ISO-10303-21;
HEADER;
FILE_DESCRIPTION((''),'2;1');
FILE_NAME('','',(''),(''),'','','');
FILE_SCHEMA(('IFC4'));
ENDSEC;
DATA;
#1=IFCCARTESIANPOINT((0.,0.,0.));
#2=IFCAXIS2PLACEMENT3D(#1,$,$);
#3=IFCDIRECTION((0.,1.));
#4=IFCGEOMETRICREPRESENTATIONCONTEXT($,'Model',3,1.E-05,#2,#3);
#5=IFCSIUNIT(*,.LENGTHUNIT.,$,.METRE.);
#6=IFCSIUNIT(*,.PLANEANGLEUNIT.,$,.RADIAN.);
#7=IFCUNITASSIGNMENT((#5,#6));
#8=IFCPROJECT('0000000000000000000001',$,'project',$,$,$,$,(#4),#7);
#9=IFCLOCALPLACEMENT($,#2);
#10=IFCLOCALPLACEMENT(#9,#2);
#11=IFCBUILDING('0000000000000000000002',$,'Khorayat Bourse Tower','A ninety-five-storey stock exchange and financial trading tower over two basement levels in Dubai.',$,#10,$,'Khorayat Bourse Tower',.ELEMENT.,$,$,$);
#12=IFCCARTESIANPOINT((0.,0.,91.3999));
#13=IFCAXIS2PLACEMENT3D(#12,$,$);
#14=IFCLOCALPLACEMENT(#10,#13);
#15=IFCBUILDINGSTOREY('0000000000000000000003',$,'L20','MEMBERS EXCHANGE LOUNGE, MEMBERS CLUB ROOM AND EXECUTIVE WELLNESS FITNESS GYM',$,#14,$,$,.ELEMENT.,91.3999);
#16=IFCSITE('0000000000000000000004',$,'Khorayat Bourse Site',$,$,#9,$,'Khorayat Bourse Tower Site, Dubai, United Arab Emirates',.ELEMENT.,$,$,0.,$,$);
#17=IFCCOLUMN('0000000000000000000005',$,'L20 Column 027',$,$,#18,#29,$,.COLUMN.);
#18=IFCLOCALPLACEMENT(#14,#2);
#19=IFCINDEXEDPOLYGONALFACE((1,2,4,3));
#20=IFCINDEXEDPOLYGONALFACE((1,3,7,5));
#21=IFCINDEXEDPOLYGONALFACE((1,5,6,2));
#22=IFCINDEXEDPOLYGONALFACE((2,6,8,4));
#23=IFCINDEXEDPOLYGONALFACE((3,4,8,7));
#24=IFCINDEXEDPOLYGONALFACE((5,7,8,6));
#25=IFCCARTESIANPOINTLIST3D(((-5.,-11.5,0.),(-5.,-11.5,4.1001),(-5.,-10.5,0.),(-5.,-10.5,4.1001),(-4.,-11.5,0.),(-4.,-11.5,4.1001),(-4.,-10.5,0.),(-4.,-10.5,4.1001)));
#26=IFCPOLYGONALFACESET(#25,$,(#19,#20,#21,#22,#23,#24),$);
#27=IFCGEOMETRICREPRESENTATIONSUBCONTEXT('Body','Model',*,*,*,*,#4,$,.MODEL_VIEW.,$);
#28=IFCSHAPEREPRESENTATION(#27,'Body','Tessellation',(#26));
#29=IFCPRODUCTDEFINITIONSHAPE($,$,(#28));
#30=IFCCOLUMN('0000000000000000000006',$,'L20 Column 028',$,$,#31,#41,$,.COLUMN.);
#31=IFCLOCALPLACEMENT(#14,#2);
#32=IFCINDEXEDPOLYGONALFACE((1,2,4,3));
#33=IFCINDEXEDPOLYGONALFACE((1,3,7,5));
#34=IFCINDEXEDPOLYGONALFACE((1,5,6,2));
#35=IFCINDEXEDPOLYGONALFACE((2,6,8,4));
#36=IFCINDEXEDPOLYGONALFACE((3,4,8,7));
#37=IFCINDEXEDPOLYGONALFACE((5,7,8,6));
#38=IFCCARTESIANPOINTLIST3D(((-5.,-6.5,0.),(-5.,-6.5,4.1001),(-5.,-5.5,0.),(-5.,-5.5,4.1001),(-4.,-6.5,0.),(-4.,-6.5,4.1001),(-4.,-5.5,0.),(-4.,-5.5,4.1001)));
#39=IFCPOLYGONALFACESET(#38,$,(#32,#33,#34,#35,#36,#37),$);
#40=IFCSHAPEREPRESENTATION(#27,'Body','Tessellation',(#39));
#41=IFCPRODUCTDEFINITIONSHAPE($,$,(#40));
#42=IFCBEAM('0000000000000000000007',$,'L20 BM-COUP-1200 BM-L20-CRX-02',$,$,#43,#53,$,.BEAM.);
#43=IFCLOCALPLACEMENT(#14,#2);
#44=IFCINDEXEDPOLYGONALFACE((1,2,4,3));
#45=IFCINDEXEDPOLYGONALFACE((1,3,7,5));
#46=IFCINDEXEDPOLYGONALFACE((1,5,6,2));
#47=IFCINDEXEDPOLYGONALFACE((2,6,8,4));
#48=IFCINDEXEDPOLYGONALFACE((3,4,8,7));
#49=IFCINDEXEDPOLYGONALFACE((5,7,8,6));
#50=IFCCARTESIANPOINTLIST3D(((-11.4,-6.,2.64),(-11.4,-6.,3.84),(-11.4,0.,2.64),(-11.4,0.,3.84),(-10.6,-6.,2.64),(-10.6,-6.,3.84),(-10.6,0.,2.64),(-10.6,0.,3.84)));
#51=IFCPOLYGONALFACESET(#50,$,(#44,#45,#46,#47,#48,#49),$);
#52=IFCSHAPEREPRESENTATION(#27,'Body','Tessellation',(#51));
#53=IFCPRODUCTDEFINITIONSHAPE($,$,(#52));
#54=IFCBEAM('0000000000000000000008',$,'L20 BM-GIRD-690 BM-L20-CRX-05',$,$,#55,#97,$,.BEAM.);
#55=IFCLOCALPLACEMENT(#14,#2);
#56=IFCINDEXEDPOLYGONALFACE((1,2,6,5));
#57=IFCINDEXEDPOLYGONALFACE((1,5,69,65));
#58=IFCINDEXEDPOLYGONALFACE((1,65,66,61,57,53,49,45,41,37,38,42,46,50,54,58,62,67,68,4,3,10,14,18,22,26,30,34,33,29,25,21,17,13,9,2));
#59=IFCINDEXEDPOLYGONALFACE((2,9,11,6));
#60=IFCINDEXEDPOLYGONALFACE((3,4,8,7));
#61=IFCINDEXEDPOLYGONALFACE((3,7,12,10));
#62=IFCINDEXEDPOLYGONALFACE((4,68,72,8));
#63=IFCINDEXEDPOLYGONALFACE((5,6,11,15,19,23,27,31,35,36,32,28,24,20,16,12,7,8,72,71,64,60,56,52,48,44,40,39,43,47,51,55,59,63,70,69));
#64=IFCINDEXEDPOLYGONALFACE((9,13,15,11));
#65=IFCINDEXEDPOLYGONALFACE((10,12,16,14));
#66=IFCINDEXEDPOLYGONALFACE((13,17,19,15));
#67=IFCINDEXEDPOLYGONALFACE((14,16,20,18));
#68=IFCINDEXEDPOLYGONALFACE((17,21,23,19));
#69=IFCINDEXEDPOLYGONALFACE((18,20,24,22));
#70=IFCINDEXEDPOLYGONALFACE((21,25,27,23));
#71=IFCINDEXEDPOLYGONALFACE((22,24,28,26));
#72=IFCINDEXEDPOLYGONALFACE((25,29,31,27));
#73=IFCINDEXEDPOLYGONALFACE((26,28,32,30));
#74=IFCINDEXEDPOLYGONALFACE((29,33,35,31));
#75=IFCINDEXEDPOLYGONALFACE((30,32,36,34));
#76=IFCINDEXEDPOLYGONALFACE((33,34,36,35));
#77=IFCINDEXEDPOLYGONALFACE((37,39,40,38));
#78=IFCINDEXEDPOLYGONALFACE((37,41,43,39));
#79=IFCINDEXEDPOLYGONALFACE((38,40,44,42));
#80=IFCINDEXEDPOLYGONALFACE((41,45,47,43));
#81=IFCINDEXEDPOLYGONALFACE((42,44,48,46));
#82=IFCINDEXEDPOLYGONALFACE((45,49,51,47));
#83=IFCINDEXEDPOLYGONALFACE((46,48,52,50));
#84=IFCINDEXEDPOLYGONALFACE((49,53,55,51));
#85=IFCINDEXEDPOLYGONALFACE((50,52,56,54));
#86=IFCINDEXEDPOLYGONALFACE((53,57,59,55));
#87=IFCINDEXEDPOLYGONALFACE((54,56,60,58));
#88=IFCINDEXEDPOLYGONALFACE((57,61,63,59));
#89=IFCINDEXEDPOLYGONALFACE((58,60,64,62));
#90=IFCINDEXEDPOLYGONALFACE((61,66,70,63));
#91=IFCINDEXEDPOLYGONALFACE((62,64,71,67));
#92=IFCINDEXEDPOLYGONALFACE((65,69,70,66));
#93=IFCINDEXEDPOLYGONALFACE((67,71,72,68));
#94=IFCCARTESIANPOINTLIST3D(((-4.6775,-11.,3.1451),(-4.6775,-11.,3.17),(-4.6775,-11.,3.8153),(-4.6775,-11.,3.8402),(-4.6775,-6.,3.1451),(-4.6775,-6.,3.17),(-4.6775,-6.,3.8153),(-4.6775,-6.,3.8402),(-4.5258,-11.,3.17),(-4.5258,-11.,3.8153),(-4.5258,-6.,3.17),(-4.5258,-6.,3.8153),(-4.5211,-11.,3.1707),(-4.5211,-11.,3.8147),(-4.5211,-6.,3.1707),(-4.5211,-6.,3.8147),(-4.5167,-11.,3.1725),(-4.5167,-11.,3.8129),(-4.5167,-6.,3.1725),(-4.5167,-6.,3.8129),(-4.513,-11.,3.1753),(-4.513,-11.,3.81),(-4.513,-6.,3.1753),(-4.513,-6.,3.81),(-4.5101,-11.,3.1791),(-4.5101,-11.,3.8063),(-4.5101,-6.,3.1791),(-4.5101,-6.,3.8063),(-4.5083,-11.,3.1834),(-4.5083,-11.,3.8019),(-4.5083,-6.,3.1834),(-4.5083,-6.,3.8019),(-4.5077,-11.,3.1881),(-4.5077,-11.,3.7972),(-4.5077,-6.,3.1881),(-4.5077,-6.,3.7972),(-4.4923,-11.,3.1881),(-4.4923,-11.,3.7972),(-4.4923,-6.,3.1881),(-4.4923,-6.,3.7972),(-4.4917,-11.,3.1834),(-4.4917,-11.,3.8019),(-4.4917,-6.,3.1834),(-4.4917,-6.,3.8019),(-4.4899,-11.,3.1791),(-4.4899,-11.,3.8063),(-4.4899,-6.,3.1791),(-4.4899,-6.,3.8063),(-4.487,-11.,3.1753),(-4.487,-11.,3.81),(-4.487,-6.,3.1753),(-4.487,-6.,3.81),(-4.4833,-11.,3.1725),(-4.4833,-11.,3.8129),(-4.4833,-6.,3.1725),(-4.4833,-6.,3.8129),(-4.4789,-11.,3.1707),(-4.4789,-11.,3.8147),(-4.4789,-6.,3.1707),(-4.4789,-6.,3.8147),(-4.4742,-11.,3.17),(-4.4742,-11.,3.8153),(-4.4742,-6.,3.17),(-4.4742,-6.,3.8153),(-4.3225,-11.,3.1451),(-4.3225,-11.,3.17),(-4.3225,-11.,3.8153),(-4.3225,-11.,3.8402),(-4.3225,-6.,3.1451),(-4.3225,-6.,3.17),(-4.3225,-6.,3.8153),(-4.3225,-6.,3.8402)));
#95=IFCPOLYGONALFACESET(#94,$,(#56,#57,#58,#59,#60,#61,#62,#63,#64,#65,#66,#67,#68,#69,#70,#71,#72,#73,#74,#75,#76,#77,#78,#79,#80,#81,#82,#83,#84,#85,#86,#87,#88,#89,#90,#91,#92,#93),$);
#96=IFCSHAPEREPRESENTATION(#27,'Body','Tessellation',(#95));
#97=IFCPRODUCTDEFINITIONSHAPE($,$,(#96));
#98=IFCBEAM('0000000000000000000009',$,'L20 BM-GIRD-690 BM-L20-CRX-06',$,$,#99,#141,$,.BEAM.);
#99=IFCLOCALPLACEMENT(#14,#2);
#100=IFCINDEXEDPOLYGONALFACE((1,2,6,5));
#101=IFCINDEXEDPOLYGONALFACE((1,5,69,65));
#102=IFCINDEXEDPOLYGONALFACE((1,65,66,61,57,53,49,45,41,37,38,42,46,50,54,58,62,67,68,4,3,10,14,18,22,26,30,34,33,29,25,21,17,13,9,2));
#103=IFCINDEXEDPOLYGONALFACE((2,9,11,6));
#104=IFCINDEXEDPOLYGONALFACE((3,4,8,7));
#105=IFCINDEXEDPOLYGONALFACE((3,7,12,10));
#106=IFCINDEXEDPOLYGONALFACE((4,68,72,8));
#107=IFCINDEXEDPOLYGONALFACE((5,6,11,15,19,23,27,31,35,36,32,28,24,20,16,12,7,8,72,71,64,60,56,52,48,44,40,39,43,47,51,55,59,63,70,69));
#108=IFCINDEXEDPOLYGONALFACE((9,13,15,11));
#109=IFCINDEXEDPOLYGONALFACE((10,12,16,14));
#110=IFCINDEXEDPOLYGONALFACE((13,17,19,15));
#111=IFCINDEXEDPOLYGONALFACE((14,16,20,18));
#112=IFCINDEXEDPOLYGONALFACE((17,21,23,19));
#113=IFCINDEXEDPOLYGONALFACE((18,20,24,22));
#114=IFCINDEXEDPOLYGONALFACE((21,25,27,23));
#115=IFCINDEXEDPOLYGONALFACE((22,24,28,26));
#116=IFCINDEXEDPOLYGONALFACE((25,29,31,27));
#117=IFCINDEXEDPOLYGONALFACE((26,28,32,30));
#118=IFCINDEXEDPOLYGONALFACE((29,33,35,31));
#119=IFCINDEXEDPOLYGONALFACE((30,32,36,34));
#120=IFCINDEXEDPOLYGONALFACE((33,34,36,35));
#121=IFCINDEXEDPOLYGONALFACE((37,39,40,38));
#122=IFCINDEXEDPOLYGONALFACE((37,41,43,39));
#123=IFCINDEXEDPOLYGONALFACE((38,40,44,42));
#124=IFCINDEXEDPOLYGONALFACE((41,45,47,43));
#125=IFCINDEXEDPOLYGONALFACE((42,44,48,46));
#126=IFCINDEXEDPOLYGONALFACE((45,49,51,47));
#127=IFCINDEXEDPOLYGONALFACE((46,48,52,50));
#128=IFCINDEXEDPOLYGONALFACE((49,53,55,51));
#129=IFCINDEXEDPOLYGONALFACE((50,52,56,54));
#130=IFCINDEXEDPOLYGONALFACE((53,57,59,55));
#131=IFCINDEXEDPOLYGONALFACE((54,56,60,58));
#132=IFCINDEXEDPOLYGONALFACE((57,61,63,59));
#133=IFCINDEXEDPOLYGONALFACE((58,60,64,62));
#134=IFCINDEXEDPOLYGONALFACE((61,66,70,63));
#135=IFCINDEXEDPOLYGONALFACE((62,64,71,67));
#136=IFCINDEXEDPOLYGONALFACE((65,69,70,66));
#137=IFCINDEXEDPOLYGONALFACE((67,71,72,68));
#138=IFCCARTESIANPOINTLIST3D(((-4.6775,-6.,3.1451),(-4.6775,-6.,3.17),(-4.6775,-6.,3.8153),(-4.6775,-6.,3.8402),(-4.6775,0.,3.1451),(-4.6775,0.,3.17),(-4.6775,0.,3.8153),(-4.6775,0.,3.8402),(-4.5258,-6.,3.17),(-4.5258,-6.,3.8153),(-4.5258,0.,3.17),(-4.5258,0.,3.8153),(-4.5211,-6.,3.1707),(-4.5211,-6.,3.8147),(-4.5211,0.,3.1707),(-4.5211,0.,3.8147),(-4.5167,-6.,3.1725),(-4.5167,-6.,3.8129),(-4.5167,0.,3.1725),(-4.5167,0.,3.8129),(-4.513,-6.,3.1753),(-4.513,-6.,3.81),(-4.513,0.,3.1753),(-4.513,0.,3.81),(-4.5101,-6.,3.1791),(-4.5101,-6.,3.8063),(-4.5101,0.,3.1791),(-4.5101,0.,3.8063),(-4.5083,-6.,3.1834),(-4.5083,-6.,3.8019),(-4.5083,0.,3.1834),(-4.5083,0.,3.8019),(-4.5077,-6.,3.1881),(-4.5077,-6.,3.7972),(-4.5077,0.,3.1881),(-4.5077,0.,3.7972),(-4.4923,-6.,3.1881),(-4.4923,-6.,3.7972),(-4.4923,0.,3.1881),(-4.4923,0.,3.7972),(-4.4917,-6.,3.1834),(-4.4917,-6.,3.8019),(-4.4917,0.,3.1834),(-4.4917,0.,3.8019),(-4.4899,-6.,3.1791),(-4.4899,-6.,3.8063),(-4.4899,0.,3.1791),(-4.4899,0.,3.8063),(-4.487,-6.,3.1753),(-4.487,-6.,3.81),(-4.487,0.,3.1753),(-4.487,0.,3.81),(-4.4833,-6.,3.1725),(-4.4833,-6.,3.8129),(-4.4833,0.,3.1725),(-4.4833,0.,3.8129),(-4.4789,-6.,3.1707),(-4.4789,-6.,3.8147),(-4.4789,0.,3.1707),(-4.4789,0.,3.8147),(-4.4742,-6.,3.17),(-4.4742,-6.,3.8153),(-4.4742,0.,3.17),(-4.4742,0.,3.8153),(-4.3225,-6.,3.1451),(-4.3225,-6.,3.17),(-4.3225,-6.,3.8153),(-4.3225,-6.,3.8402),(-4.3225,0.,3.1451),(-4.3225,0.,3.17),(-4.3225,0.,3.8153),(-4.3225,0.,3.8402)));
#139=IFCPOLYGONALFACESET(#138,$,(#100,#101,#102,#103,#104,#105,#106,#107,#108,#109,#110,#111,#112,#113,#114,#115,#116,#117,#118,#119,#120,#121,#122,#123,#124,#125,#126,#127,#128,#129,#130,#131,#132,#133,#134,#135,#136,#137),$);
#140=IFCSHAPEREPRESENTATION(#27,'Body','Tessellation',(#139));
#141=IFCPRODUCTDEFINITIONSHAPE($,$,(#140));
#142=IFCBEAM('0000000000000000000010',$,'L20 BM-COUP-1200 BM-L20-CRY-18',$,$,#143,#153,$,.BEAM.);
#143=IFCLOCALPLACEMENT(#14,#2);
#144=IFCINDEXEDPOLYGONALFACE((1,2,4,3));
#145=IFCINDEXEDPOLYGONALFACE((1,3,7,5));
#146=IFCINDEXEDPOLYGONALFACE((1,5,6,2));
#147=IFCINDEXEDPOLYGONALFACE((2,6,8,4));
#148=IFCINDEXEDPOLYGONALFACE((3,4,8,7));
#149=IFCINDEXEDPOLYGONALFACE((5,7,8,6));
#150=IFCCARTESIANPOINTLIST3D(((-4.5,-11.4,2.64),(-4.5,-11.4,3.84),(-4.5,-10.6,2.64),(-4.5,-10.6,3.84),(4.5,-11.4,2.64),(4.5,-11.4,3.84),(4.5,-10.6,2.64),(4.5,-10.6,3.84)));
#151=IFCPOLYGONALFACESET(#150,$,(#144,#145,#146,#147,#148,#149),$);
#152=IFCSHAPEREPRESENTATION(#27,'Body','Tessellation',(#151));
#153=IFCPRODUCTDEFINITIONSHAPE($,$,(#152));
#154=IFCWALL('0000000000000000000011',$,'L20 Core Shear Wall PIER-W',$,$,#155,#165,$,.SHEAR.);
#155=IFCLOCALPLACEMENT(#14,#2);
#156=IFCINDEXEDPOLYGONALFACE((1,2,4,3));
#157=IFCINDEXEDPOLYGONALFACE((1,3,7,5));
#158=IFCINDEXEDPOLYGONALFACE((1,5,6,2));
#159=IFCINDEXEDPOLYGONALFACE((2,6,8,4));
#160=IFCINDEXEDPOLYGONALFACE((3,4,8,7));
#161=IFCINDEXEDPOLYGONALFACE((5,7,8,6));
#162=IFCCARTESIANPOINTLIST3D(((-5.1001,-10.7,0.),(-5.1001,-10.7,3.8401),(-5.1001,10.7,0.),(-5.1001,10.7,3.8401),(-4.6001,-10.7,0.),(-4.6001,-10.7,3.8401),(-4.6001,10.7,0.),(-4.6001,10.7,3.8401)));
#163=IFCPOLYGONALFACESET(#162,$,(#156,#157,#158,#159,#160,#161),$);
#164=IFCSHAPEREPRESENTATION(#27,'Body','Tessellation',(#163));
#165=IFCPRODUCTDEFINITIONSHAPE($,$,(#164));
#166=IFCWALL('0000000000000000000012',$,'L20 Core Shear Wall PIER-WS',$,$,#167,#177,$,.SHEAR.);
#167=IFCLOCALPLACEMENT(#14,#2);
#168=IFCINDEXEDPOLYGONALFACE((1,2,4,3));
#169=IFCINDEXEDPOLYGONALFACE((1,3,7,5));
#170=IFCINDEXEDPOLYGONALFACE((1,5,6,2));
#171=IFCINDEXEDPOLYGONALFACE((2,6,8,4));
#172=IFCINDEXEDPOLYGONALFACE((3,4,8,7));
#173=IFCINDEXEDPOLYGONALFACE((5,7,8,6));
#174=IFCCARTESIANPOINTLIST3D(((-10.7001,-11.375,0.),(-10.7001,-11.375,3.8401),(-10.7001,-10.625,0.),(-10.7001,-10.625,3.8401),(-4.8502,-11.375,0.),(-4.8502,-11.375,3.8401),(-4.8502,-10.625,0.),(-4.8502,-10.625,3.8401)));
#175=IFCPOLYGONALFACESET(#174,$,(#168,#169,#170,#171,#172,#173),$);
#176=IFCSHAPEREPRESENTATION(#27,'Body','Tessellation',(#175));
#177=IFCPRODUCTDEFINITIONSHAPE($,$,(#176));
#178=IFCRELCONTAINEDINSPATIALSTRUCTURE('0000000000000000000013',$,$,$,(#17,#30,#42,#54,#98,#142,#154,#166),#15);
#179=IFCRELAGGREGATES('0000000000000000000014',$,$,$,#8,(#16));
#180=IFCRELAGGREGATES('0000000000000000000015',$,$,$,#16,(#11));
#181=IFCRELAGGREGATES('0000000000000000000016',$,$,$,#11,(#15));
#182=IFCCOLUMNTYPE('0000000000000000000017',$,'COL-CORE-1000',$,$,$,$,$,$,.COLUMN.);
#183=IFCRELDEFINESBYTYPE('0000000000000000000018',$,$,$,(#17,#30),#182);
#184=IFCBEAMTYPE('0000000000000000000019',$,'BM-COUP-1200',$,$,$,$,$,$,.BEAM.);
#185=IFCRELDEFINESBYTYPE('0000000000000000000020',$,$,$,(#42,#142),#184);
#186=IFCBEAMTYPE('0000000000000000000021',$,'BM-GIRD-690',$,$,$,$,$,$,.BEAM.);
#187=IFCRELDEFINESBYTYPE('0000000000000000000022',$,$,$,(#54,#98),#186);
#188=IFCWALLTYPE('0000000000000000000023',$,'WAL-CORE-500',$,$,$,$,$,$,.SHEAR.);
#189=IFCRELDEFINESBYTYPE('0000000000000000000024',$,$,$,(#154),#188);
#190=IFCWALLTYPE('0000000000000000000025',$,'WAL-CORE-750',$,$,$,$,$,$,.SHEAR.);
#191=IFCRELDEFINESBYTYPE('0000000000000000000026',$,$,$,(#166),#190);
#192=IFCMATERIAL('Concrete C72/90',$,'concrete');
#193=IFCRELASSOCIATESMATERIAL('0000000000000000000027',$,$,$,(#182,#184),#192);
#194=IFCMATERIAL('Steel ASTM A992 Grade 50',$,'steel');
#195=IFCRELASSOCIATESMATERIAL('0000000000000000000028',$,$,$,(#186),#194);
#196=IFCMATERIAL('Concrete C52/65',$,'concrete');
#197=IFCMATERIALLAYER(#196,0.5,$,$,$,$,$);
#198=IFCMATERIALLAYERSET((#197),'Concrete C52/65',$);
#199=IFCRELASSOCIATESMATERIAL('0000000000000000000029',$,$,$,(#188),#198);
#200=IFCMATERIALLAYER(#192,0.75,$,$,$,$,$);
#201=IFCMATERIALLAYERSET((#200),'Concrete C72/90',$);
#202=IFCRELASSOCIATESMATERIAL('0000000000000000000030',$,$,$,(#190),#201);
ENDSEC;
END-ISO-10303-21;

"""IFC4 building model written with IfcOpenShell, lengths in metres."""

from ifc_helpers import new_model, si_unit, direction, frame, frame_2d, origin, origin_2d, place, context, subcontext, project, spatial, rectangle, i_section, extrude, source, transform, mapped, material, layer, layer_set, material_profile, profile_set, type_object, element, save


model = new_model("IFC4")

# Units and contexts
model_context = context("Model", 3, precision=1e-05, world=origin(), true_north=direction((0.0, 1.0)))
body_context = subcontext(model_context, "Body", "Model", "MODEL_VIEW")
ifc_project = project(units=[si_unit("LENGTHUNIT", "METRE"), si_unit("PLANEANGLEUNIT", "RADIAN")], contexts=[model_context])

# Site, building, storey
site_placement = place(None, origin())
site = spatial("IfcSite", under=ifc_project, at=site_placement, Name="Khorayat Bourse Site", LongName="Khorayat Bourse Tower Site, Dubai, United Arab Emirates", CompositionType="ELEMENT", RefElevation=0.0)
building_placement = place(site_placement, origin())
building = spatial("IfcBuilding", under=site, at=building_placement, Name="Khorayat Bourse Tower", Description="A ninety-five-storey stock exchange and financial trading tower over two basement levels in Dubai.", LongName="Khorayat Bourse Tower", CompositionType="ELEMENT")
storey_placement = place(building_placement, frame((0.0, 0.0, 91.3999)))
storey = spatial("IfcBuildingStorey", under=building, at=storey_placement, Name="L20", Description="MEMBERS EXCHANGE LOUNGE, MEMBERS CLUB ROOM AND EXECUTIVE WELLNESS FITNESS GYM", CompositionType="ELEMENT", Elevation=91.3999)

# Columns
ifc_material_1 = material(Name="Concrete C72/90", Category="concrete")
ifc_material_profile_1 = material_profile(ifc_material_1, rectangle(XDim=1.0, YDim=1.0, at=origin_2d()), Name="RC 1000x1000")
ifc_profile_set_1 = profile_set([ifc_material_profile_1], Name="Concrete C72/90")
column_type = type_object("IfcColumnType", Name="COL-CORE-1000", PredefinedType="COLUMN", material=ifc_profile_set_1)
shared_shape_1 = source(origin(), body_context, "Body", "SweptSolid", [
    extrude(rectangle(XDim=1.0, YDim=1.0, at=origin_2d()), origin(), (0.0, 0.0, 1.0), 4.1001),
])
for number, where, z_axis, x_axis, name in (
    (1, (-4.5, -11.0, 0.0), (0.0, 0.0, 1.0), (1.0, 0.0, 0.0), "L20 Column 027"),
    (2, (-4.5, -6.0, 0.0), (0.0, 0.0, 1.0), (1.0, 0.0, 0.0), "L20 Column 028"),
):
    element("IfcColumn", number, at=place(storey_placement, frame(where, z_axis=z_axis, x_axis=x_axis)), inside=storey, type_object=column_type, Name=name, PredefinedType="COLUMN", context=body_context, shape_type="MappedRepresentation", body=[
        mapped(shared_shape_1, transform((0.0, 0.0, 0.0), scale=1.0)),
    ])

# Beams
ifc_material_profile_2 = material_profile(ifc_material_1, rectangle(XDim=0.8, YDim=1.2, at=origin_2d()), Name="RC 800x1200")
ifc_profile_set_2 = profile_set([ifc_material_profile_2], Name="Concrete C72/90")
beam_type_1 = type_object("IfcBeamType", Name="BM-COUP-1200", PredefinedType="BEAM", material=ifc_profile_set_2)
shared_shape_2 = source(origin(), body_context, "Body", "SweptSolid", [
    extrude(rectangle(XDim=0.8, YDim=1.2, at=origin_2d()), origin(), (0.0, 0.0, 1.0), 6.0),
])
beam_1_placement = place(storey_placement, frame((-11.0, -6.0, 3.24), z_axis=(0.0, 1.0, 0.0), x_axis=(-1.0, 0.0, 0.0)))
element("IfcBeam", 3, at=beam_1_placement, inside=storey, type_object=beam_type_1, Name="L20 BM-COUP-1200 BM-L20-CRX-02", PredefinedType="BEAM", context=body_context, shape_type="MappedRepresentation", body=[
    mapped(shared_shape_2, transform((0.0, 0.0, 0.0), scale=1.0)),
])
ifc_material_2 = material(Name="Steel ASTM A992 Grade 50", Category="steel")
ifc_material_profile_3 = material_profile(ifc_material_2, i_section(OverallWidth=0.355, OverallDepth=0.6951, WebThickness=0.0154, FlangeThickness=0.0249, FilletRadius=0.0181, at=origin_2d()), Name="W690X217")
ifc_profile_set_3 = profile_set([ifc_material_profile_3], Name="Steel ASTM A992 Grade 50")
beam_type_2 = type_object("IfcBeamType", Name="BM-GIRD-690", PredefinedType="BEAM", material=ifc_profile_set_3)
shared_shape_3 = source(origin(), body_context, "Body", "SweptSolid", [
    extrude(i_section(OverallWidth=0.355, OverallDepth=0.6951, WebThickness=0.0154, FlangeThickness=0.0249, FilletRadius=0.0181, at=origin_2d()), origin(), (0.0, 0.0, 1.0), 5.0),
])
beam_2_placement = place(storey_placement, frame((-4.5, -11.0, 3.4927), z_axis=(0.0, 1.0, 0.0), x_axis=(-1.0, 0.0, 0.0)))
element("IfcBeam", 4, at=beam_2_placement, inside=storey, type_object=beam_type_2, Name="L20 BM-GIRD-690 BM-L20-CRX-05", PredefinedType="BEAM", context=body_context, shape_type="MappedRepresentation", body=[
    mapped(shared_shape_3, transform((0.0, 0.0, 0.0), scale=1.0)),
])
shared_shape_4 = source(origin(), body_context, "Body", "SweptSolid", [
    extrude(i_section(OverallWidth=0.355, OverallDepth=0.6951, WebThickness=0.0154, FlangeThickness=0.0249, FilletRadius=0.0181, at=origin_2d()), origin(), (0.0, 0.0, 1.0), 6.0),
])
beam_3_placement = place(storey_placement, frame((-4.5, -6.0, 3.4927), z_axis=(0.0, 1.0, 0.0), x_axis=(-1.0, 0.0, 0.0)))
element("IfcBeam", 5, at=beam_3_placement, inside=storey, type_object=beam_type_2, Name="L20 BM-GIRD-690 BM-L20-CRX-06", PredefinedType="BEAM", context=body_context, shape_type="MappedRepresentation", body=[
    mapped(shared_shape_4, transform((0.0, 0.0, 0.0), scale=1.0)),
])
shared_shape_5 = source(origin(), body_context, "Body", "SweptSolid", [
    extrude(rectangle(XDim=0.8, YDim=1.2, at=origin_2d()), origin(), (0.0, 0.0, 1.0), 9.0),
])
beam_4_placement = place(storey_placement, frame((-4.5, -11.0, 3.24), z_axis=(1.0, 0.0, 0.0), x_axis=(0.0, 1.0, 0.0)))
element("IfcBeam", 6, at=beam_4_placement, inside=storey, type_object=beam_type_1, Name="L20 BM-COUP-1200 BM-L20-CRY-18", PredefinedType="BEAM", context=body_context, shape_type="MappedRepresentation", body=[
    mapped(shared_shape_5, transform((0.0, 0.0, 0.0), scale=1.0)),
])

# Walls
ifc_material_3 = material(Name="Concrete C52/65", Category="concrete")
ifc_layer_1 = layer(ifc_material_3, 0.5)
ifc_layer_set_1 = layer_set([ifc_layer_1], Name="Concrete C52/65")
wall_type_1 = type_object("IfcWallType", Name="WAL-CORE-500", PredefinedType="SHEAR", material=ifc_layer_set_1)
shared_shape_6 = source(origin(), body_context, "Body", "SweptSolid", [
    extrude(rectangle(XDim=21.3999, YDim=0.5, at=frame_2d((10.7, 0.0))), origin(), (0.0, 0.0, 1.0), 3.8401),
])
wall_1_placement = place(storey_placement, frame((-4.8501, -10.7, 0.0), z_axis=(0.0, 0.0, 1.0), x_axis=(0.0, 1.0, 0.0)))
element("IfcWall", 7, at=wall_1_placement, inside=storey, type_object=wall_type_1, Name="L20 Core Shear Wall PIER-W", PredefinedType="SHEAR", context=body_context, shape_type="MappedRepresentation", body=[
    mapped(shared_shape_6, transform((0.0, 0.0, 0.0), scale=1.0)),
])
ifc_layer_2 = layer(ifc_material_1, 0.75)
ifc_layer_set_2 = layer_set([ifc_layer_2], Name="Concrete C72/90")
wall_type_2 = type_object("IfcWallType", Name="WAL-CORE-750", PredefinedType="SHEAR", material=ifc_layer_set_2)
shared_shape_7 = source(origin(), body_context, "Body", "SweptSolid", [
    extrude(rectangle(XDim=5.8499, YDim=0.75, at=frame_2d((2.9248, 0.0))), origin(), (0.0, 0.0, 1.0), 3.8401),
])
wall_2_placement = place(storey_placement, frame((-10.7, -11.0, 0.0), z_axis=(0.0, 0.0, 1.0), x_axis=(1.0, 0.0, 0.0)))
element("IfcWall", 8, at=wall_2_placement, inside=storey, type_object=wall_type_2, Name="L20 Core Shear Wall PIER-WS", PredefinedType="SHEAR", context=body_context, shape_type="MappedRepresentation", body=[
    mapped(shared_shape_7, transform((0.0, 0.0, 0.0), scale=1.0)),
])

save(model, "model.ifc")
